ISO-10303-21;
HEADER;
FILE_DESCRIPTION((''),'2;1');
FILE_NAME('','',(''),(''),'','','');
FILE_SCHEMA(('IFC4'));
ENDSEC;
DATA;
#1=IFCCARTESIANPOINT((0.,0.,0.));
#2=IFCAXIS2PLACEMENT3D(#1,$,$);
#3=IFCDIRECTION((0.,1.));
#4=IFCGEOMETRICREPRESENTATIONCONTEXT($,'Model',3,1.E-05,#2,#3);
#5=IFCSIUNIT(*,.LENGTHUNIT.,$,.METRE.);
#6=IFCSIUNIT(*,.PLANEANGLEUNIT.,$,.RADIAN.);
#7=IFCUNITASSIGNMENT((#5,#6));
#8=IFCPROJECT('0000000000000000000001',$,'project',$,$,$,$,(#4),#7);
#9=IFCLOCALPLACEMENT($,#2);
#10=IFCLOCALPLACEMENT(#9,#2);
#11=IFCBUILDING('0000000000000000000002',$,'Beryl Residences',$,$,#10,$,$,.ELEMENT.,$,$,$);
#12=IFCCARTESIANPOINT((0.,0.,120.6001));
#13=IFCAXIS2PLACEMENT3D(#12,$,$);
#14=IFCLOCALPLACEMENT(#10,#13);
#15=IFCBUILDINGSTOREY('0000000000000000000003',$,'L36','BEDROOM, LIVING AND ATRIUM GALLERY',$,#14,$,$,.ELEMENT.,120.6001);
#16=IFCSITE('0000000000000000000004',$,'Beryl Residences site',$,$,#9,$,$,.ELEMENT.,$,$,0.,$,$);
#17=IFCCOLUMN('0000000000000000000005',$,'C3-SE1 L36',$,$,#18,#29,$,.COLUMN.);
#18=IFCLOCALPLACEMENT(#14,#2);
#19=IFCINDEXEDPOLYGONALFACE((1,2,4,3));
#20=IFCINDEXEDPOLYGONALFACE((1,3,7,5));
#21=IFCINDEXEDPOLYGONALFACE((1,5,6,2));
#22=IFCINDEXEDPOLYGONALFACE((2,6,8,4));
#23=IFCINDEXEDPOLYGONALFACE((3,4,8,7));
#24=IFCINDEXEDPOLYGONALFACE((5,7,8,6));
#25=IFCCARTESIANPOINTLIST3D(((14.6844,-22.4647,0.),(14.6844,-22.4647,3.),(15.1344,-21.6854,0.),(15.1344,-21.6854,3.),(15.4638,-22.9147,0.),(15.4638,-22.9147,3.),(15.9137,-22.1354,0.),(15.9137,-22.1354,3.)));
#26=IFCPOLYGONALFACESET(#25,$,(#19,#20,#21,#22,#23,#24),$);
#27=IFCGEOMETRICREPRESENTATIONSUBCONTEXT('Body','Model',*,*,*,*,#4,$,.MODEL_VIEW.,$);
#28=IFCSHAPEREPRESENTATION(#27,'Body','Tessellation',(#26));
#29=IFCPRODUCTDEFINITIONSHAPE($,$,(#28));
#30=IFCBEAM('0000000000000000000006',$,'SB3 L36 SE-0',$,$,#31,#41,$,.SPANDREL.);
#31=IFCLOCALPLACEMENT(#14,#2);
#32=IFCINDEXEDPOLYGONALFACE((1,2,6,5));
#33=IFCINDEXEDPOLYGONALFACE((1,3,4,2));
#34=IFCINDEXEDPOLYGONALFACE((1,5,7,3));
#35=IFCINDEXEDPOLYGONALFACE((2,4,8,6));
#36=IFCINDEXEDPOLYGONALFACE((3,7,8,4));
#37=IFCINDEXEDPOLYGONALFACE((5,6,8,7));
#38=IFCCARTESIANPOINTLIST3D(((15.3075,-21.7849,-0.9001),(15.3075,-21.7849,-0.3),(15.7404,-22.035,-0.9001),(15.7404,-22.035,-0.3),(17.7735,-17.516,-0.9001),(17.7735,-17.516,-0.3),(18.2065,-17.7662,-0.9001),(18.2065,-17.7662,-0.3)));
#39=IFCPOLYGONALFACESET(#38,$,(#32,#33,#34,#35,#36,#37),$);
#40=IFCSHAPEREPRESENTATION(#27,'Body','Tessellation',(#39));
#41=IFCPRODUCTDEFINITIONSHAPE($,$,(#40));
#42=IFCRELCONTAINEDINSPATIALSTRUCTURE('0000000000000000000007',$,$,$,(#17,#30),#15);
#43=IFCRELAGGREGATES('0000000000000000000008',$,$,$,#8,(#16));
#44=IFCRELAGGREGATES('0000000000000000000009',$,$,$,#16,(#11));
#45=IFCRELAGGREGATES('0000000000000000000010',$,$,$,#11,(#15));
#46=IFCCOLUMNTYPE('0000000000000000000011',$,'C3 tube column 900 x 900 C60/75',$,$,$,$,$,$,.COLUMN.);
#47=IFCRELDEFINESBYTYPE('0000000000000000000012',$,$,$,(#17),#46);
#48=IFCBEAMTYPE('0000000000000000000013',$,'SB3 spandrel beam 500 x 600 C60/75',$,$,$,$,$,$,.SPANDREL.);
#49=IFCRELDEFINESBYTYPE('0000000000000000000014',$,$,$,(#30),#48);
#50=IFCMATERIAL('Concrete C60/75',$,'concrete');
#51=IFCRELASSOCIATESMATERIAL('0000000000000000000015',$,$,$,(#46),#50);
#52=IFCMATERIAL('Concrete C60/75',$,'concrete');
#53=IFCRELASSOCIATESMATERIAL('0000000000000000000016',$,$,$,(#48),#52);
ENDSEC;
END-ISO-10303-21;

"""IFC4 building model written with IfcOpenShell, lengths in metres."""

from ifc_helpers import new_model, si_unit, direction, frame, origin, origin_2d, place, context, subcontext, project, spatial, rectangle, extrude, material, material_profile, profile_set, type_object, element, save


model = new_model("IFC4")

# Units and contexts
model_context = context("Model", 3, precision=1e-05, world=origin(), true_north=direction((0.0, 1.0)))
body_context = subcontext(model_context, "Body", "Model", "MODEL_VIEW")
ifc_project = project(units=[si_unit("LENGTHUNIT", "METRE"), si_unit("PLANEANGLEUNIT", "RADIAN")], contexts=[model_context])

# Site, building, storey
site_placement = place(None, origin())
site = spatial("IfcSite", under=ifc_project, at=site_placement, Name="Beryl Residences site", CompositionType="ELEMENT", RefElevation=0.0)
building_placement = place(site_placement, origin())
building = spatial("IfcBuilding", under=site, at=building_placement, Name="Beryl Residences", CompositionType="ELEMENT")
storey_placement = place(building_placement, frame((0.0, 0.0, 120.6001)))
storey = spatial("IfcBuildingStorey", under=building, at=storey_placement, Name="L36", Description="BEDROOM, LIVING AND ATRIUM GALLERY", CompositionType="ELEMENT", Elevation=120.6001)

# Column
ifc_material_1 = material(Name="Concrete C60/75", Category="concrete")
ifc_material_profile_1 = material_profile(ifc_material_1, rectangle(XDim=0.8999, YDim=0.8999, at=origin_2d()))
ifc_profile_set_1 = profile_set([ifc_material_profile_1], Name="Concrete C60/75")
column_type = type_object("IfcColumnType", Name="C3 tube column 900 x 900 C60/75", PredefinedType="COLUMN", material=ifc_profile_set_1)
column_placement = place(storey_placement, frame((15.2991, -22.3, 0.0), z_axis=(0.0, 0.0, 1.0), x_axis=(0.5, 0.866025, 0.0)))
element("IfcColumn", 1, at=column_placement, inside=storey, type_object=column_type, Name="C3-SE1 L36", PredefinedType="COLUMN", context=body_context, shape_type="SweptSolid", body=[
    extrude(rectangle(XDim=0.8999, YDim=0.8999, at=origin_2d()), origin(), (0.0, 0.0, 1.0), 3.0),
])

# Beam
ifc_material_2 = material(Name="Concrete C60/75", Category="concrete")
ifc_material_profile_2 = material_profile(ifc_material_2, rectangle(XDim=0.5, YDim=0.6001, at=origin_2d()))
ifc_profile_set_2 = profile_set([ifc_material_profile_2], Name="Concrete C60/75")
beam_type = type_object("IfcBeamType", Name="SB3 spandrel beam 500 x 600 C60/75", PredefinedType="SPANDREL", material=ifc_profile_set_2)
beam_placement = place(storey_placement, frame((15.5239, -21.9099, -0.6001), z_axis=(0.500224, 0.865896, 0.0), x_axis=(-0.865896, 0.500224, 0.0)))
element("IfcBeam", 2, at=beam_placement, inside=storey, type_object=beam_type, Name="SB3 L36 SE-0", PredefinedType="SPANDREL", context=body_context, shape_type="SweptSolid", body=[
    extrude(rectangle(XDim=0.5, YDim=0.6001, at=origin_2d()), origin(), (0.0, 0.0, 1.0), 4.9299),
])

save(model, "model.ifc")
